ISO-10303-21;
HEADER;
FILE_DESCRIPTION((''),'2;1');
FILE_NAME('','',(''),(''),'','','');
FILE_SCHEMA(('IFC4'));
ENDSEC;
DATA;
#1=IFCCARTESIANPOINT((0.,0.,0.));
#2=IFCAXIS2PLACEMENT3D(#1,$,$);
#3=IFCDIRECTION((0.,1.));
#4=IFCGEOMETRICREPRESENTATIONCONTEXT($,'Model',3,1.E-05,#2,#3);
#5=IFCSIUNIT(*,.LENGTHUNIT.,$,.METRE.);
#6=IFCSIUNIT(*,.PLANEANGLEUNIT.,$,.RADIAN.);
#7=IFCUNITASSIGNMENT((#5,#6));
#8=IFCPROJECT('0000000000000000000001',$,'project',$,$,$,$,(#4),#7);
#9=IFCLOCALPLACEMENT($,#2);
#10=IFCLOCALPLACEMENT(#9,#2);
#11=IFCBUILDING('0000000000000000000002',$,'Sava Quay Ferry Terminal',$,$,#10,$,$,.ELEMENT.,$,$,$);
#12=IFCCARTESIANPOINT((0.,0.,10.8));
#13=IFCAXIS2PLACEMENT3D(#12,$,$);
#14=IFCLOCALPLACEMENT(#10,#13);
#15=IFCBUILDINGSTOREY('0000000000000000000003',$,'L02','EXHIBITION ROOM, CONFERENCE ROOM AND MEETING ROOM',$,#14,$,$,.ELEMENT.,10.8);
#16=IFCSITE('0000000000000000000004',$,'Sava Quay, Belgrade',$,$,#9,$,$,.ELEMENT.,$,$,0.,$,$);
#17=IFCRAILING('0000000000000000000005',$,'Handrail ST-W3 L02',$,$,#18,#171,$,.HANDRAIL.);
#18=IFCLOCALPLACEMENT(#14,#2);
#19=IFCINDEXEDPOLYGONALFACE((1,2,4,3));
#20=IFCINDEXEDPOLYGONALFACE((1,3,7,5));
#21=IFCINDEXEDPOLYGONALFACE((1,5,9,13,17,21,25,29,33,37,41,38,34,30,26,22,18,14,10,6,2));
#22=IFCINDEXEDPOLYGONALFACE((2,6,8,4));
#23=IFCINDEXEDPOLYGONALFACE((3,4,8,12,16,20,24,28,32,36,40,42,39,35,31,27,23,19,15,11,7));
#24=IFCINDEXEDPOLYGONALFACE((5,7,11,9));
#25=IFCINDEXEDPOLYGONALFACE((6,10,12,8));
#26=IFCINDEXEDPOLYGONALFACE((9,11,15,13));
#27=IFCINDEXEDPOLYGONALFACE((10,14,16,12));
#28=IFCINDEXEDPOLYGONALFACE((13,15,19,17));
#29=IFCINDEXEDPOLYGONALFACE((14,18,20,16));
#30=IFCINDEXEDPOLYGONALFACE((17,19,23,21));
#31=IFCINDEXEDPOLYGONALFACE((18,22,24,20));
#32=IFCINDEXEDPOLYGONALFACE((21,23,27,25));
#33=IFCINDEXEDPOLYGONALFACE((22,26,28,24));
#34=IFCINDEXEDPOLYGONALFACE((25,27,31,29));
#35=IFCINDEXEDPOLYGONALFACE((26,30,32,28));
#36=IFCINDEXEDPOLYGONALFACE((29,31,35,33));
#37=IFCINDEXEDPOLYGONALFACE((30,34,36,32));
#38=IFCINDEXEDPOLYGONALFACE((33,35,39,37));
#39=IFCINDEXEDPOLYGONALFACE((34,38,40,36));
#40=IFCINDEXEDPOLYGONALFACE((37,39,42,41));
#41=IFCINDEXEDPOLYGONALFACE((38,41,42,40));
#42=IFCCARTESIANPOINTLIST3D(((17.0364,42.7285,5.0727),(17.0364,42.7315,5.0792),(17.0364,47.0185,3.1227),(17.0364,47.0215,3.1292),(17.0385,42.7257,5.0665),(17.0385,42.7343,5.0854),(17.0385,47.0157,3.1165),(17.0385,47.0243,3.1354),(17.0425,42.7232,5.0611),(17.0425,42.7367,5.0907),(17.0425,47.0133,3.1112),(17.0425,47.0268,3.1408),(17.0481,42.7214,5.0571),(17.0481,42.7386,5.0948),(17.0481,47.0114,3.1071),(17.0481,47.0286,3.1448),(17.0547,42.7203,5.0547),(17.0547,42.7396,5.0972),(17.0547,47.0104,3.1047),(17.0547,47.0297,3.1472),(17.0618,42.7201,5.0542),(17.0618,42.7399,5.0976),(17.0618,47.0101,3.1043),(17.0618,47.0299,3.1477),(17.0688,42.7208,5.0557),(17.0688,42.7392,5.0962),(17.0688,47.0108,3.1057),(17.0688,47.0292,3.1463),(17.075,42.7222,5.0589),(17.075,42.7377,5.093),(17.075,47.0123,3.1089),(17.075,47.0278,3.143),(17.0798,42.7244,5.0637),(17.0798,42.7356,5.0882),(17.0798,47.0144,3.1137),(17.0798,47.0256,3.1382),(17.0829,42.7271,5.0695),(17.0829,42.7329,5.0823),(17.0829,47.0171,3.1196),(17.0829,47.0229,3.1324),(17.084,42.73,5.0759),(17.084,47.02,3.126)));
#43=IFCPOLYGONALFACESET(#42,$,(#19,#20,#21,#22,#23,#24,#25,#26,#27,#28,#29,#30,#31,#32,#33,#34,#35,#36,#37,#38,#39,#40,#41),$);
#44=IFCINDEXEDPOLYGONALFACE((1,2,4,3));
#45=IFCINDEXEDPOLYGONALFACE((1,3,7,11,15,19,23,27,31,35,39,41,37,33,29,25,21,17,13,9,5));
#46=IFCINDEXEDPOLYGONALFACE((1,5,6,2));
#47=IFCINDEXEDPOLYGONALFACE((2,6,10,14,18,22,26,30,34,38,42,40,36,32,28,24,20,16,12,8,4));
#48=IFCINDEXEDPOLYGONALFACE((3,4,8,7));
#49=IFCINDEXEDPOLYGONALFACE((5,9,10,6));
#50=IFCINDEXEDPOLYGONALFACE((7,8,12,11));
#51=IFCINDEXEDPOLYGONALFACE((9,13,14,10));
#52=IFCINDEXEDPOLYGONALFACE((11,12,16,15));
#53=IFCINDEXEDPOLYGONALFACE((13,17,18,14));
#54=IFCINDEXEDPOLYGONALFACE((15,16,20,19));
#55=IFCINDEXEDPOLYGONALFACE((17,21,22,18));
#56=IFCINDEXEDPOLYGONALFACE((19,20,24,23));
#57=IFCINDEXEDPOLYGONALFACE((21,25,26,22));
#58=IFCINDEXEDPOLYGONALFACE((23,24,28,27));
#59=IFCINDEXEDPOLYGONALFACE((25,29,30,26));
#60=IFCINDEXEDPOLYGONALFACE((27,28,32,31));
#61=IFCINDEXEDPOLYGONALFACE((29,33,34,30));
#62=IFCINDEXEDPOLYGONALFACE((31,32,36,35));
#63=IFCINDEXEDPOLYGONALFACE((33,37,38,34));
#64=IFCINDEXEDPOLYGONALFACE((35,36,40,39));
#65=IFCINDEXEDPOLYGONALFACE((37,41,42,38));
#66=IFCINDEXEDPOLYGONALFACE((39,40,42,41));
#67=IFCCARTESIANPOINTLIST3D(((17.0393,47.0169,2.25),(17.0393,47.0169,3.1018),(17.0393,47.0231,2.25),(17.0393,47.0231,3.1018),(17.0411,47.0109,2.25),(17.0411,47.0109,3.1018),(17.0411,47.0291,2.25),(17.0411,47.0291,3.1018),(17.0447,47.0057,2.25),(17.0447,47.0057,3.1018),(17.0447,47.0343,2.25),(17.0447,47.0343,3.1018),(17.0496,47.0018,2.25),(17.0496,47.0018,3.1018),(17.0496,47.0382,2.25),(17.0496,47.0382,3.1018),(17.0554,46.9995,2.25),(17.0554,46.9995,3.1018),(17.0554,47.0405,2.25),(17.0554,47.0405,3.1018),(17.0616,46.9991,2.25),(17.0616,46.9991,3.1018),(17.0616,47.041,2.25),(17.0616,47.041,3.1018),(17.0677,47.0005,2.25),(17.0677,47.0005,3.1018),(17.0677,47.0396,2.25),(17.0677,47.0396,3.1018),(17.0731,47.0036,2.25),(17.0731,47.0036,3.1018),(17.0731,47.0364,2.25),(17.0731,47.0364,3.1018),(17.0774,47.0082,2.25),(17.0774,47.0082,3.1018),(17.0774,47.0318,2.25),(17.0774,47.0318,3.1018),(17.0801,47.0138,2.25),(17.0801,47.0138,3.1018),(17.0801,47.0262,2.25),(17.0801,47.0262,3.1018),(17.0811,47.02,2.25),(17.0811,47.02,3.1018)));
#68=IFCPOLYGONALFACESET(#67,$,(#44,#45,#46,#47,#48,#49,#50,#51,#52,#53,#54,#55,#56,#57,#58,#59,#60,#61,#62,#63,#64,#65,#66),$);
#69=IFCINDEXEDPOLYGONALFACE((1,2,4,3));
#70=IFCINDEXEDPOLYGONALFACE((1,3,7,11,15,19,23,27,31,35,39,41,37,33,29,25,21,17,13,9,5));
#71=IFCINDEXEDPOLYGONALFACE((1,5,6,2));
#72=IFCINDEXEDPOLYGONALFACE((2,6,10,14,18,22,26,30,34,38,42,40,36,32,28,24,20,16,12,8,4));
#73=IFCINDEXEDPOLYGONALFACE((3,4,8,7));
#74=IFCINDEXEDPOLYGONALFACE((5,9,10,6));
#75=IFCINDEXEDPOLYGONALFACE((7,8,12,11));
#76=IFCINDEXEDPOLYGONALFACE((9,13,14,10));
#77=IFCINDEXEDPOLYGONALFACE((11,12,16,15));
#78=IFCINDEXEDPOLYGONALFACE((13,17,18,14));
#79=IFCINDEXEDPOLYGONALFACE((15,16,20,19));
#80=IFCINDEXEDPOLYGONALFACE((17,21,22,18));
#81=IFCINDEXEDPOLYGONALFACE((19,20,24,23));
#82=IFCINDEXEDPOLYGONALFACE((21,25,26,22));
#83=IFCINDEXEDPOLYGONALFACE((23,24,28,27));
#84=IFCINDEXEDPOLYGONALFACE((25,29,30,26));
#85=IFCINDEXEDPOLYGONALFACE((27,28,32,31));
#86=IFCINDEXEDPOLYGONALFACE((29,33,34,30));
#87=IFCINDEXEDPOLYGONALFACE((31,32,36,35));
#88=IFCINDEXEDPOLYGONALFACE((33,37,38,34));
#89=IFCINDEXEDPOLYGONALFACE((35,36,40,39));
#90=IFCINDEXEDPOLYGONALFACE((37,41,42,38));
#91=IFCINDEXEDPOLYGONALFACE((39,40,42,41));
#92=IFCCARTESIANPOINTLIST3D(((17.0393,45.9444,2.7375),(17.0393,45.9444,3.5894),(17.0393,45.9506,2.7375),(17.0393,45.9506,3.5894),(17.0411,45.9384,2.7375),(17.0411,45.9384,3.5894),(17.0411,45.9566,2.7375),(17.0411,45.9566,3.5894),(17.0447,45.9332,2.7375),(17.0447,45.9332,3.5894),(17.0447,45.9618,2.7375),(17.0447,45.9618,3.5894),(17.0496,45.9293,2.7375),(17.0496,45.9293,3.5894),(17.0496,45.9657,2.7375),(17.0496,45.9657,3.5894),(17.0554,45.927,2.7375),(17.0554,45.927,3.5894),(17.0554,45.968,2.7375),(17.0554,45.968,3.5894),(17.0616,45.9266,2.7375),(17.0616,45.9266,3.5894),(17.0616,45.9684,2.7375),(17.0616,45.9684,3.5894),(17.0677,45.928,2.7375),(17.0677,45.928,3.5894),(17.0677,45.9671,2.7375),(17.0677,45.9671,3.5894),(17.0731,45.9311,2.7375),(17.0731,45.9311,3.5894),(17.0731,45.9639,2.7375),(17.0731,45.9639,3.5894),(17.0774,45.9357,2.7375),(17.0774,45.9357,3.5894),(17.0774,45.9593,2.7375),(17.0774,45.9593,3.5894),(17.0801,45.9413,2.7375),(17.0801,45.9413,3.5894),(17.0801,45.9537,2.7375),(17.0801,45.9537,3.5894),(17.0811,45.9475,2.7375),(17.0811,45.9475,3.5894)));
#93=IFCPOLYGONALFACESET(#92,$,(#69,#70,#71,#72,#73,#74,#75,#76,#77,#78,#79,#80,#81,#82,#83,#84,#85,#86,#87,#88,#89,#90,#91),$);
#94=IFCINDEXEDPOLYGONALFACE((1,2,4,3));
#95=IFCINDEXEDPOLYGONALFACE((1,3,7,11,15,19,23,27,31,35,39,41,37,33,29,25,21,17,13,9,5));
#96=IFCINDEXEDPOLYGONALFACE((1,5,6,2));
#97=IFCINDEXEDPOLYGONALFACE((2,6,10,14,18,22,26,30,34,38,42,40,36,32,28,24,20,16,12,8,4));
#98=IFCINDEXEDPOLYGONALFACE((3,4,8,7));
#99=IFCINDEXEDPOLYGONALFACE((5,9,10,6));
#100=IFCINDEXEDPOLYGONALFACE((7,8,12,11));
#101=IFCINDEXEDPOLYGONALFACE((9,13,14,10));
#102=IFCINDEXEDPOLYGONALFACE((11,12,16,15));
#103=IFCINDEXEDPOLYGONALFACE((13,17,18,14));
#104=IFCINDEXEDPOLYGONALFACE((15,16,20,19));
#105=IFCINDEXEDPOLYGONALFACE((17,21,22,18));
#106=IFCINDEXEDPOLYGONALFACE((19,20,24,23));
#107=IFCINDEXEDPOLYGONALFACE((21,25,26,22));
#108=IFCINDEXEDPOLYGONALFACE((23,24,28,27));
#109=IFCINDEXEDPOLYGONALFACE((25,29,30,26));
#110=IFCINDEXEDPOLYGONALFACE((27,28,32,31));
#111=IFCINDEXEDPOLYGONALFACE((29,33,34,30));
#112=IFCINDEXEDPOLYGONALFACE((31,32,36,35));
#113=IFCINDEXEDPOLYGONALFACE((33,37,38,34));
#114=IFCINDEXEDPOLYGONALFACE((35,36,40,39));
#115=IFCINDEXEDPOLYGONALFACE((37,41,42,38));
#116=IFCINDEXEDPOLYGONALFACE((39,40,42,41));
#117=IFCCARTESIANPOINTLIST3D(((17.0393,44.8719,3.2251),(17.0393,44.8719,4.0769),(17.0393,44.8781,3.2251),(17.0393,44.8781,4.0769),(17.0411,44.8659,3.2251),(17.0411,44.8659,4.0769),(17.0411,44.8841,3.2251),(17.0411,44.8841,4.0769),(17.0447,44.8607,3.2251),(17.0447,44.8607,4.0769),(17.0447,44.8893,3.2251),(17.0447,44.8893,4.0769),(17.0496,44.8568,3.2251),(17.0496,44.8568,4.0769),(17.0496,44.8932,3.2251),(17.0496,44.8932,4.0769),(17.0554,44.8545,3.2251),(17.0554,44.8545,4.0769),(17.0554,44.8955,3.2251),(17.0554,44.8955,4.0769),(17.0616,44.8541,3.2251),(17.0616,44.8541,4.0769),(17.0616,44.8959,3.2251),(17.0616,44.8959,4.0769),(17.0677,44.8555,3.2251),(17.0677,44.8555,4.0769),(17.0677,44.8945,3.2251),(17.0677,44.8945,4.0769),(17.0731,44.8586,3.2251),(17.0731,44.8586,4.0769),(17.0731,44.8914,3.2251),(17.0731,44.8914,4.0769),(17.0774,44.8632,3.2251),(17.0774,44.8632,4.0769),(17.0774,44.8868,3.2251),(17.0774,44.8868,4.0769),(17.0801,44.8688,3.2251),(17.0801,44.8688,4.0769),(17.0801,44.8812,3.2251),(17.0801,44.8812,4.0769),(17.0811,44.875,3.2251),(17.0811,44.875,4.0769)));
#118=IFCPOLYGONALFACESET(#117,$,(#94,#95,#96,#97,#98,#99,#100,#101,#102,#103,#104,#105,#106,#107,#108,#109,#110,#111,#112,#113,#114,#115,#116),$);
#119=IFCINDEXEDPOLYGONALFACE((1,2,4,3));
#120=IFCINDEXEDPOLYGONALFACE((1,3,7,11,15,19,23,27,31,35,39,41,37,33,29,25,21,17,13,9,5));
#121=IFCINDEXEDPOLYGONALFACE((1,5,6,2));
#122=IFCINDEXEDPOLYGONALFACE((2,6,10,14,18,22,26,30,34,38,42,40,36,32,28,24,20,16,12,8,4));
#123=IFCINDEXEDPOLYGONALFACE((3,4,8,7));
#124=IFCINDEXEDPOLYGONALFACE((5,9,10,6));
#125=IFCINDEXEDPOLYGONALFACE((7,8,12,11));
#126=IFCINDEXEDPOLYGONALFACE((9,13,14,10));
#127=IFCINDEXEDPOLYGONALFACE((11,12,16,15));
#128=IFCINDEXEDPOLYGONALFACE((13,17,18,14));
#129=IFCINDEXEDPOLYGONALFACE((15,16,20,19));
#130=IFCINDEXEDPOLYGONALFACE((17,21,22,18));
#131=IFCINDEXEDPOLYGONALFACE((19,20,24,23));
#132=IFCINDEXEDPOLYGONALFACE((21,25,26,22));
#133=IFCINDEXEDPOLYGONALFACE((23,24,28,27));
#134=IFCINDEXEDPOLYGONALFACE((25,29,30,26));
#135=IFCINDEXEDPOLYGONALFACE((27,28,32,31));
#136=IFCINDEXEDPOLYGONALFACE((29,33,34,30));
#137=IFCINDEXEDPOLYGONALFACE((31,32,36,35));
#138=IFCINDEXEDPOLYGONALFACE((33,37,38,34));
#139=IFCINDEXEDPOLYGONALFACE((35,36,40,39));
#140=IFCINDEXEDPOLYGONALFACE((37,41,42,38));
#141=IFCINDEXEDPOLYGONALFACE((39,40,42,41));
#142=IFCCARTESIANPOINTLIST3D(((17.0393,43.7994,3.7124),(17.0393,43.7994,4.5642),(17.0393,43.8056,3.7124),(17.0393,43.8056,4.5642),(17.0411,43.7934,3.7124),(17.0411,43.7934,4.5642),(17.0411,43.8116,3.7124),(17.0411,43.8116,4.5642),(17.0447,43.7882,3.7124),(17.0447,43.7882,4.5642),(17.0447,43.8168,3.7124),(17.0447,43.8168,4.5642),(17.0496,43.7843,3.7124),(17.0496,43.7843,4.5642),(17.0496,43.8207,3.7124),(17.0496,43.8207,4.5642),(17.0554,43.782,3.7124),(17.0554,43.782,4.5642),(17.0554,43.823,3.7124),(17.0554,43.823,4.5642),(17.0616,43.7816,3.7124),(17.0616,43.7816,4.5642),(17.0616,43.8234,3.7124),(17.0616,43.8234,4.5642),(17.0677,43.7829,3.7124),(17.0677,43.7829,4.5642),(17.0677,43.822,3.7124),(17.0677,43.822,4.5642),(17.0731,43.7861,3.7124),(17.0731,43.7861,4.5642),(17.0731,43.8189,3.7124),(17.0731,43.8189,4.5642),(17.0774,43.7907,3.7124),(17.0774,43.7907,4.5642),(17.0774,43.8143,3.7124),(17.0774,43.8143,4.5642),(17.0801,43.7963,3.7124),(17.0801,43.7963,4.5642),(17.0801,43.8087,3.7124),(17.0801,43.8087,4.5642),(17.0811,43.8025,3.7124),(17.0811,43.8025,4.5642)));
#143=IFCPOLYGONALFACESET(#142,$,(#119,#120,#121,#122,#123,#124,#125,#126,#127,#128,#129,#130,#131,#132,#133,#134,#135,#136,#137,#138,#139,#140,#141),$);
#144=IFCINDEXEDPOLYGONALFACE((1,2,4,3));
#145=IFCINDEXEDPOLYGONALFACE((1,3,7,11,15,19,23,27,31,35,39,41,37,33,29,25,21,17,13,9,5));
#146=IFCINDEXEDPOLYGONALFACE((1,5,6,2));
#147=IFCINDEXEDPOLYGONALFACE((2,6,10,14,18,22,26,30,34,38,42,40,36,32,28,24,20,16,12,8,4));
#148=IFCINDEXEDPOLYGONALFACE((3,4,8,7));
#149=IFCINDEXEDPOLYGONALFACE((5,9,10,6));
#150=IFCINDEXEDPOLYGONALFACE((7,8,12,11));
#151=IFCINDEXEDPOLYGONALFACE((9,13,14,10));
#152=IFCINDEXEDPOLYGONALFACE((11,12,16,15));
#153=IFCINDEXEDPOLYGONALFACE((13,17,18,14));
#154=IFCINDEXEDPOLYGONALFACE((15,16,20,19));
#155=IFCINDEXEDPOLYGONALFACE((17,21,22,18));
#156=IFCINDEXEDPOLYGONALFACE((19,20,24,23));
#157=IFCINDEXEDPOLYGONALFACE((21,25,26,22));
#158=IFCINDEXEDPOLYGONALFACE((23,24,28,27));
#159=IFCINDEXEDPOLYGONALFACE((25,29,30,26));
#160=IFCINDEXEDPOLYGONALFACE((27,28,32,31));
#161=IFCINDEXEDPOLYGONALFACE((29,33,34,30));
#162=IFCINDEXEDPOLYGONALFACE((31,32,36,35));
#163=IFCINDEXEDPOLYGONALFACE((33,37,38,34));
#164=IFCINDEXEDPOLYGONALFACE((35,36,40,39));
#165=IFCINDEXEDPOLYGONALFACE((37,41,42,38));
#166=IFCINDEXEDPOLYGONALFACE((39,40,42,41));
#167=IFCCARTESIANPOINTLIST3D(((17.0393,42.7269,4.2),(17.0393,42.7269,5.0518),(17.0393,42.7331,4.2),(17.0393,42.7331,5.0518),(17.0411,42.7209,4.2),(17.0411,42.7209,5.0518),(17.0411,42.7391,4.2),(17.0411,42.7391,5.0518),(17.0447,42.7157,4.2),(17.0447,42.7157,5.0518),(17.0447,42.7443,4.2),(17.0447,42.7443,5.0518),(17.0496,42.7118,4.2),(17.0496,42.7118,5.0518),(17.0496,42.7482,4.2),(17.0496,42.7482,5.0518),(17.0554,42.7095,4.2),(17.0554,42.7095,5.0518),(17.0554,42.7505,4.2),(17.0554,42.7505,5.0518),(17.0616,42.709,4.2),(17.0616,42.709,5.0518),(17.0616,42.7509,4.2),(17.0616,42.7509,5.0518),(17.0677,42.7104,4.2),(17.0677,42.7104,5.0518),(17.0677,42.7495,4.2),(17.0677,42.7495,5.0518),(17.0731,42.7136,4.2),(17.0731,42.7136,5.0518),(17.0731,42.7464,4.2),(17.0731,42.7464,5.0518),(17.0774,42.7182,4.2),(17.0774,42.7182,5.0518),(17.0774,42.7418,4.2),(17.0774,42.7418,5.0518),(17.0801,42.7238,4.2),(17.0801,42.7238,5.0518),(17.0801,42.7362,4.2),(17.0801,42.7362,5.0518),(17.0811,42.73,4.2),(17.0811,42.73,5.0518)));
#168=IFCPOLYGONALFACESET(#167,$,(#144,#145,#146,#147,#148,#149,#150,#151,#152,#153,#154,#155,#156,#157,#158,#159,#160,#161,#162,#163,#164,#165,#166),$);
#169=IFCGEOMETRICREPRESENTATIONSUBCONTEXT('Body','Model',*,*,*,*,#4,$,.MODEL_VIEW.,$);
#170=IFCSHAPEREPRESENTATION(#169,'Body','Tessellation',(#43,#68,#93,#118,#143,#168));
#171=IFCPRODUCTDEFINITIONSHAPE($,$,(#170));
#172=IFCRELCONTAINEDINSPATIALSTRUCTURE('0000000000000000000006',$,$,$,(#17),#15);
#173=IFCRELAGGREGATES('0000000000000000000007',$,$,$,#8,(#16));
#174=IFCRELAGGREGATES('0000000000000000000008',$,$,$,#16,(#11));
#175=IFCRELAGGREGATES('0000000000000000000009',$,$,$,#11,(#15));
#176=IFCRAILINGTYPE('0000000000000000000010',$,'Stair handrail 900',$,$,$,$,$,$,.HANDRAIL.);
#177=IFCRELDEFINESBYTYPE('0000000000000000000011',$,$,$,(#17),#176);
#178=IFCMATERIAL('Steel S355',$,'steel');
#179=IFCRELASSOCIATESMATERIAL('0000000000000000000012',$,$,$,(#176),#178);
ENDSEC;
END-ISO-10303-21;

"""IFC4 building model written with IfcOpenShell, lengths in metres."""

from ifc_helpers import new_model, si_unit, direction, frame, origin, origin_2d, place, context, subcontext, project, spatial, circle, extrude, material, type_object, element, save


model = new_model("IFC4")

# Units and contexts
model_context = context("Model", 3, precision=1e-05, world=origin(), true_north=direction((0.0, 1.0)))
body_context = subcontext(model_context, "Body", "Model", "MODEL_VIEW")
ifc_project = project(units=[si_unit("LENGTHUNIT", "METRE"), si_unit("PLANEANGLEUNIT", "RADIAN")], contexts=[model_context])

# Site, building, storey
site_placement = place(None, origin())
site = spatial("IfcSite", under=ifc_project, at=site_placement, Name="Sava Quay, Belgrade", CompositionType="ELEMENT", RefElevation=0.0)
building_placement = place(site_placement, origin())
building = spatial("IfcBuilding", under=site, at=building_placement, Name="Sava Quay Ferry Terminal", CompositionType="ELEMENT")
storey_placement = place(building_placement, frame((0.0, 0.0, 10.8)))
storey = spatial("IfcBuildingStorey", under=building, at=storey_placement, Name="L02", Description="EXHIBITION ROOM, CONFERENCE ROOM AND MEETING ROOM", CompositionType="ELEMENT", Elevation=10.8)

# Railing
ifc_material_1 = material(Name="Steel S355", Category="steel")
railing_type_1 = type_object("IfcRailingType", Name="Stair handrail 900", PredefinedType="HANDRAIL", material=ifc_material_1)
railing_1_placement = place(storey_placement, frame((17.0601, 47.02, 2.25)))
element("IfcRailing", 1, at=railing_1_placement, inside=storey, type_object=railing_type_1, Name="Handrail ST-W3 L02", PredefinedType="HANDRAIL", context=body_context, shape_type="SweptSolid", body=[
    extrude(circle(Radius=0.0239, at=origin_2d()), frame((0.0, 0.0, 0.876), z_axis=(0.0, -0.910372, 0.413791), x_axis=(1.0, 0.0, 0.0)), (0.0, 0.0, 1.0), 4.7124),
    extrude(circle(Radius=0.021, at=origin_2d()), origin(), (0.0, 0.0, 1.0), 0.8518),
    extrude(circle(Radius=0.021, at=origin_2d()), frame((0.0, -1.0725, 0.4875)), (0.0, 0.0, 1.0), 0.8518),
    extrude(circle(Radius=0.021, at=origin_2d()), frame((0.0, -2.145, 0.9751)), (0.0, 0.0, 1.0), 0.8518),
    extrude(circle(Radius=0.021, at=origin_2d()), frame((0.0, -3.2175, 1.4624)), (0.0, 0.0, 1.0), 0.8518),
    extrude(circle(Radius=0.021, at=origin_2d()), frame((0.0, -4.29, 1.95)), (0.0, 0.0, 1.0), 0.8518),
])

save(model, "model.ifc")
